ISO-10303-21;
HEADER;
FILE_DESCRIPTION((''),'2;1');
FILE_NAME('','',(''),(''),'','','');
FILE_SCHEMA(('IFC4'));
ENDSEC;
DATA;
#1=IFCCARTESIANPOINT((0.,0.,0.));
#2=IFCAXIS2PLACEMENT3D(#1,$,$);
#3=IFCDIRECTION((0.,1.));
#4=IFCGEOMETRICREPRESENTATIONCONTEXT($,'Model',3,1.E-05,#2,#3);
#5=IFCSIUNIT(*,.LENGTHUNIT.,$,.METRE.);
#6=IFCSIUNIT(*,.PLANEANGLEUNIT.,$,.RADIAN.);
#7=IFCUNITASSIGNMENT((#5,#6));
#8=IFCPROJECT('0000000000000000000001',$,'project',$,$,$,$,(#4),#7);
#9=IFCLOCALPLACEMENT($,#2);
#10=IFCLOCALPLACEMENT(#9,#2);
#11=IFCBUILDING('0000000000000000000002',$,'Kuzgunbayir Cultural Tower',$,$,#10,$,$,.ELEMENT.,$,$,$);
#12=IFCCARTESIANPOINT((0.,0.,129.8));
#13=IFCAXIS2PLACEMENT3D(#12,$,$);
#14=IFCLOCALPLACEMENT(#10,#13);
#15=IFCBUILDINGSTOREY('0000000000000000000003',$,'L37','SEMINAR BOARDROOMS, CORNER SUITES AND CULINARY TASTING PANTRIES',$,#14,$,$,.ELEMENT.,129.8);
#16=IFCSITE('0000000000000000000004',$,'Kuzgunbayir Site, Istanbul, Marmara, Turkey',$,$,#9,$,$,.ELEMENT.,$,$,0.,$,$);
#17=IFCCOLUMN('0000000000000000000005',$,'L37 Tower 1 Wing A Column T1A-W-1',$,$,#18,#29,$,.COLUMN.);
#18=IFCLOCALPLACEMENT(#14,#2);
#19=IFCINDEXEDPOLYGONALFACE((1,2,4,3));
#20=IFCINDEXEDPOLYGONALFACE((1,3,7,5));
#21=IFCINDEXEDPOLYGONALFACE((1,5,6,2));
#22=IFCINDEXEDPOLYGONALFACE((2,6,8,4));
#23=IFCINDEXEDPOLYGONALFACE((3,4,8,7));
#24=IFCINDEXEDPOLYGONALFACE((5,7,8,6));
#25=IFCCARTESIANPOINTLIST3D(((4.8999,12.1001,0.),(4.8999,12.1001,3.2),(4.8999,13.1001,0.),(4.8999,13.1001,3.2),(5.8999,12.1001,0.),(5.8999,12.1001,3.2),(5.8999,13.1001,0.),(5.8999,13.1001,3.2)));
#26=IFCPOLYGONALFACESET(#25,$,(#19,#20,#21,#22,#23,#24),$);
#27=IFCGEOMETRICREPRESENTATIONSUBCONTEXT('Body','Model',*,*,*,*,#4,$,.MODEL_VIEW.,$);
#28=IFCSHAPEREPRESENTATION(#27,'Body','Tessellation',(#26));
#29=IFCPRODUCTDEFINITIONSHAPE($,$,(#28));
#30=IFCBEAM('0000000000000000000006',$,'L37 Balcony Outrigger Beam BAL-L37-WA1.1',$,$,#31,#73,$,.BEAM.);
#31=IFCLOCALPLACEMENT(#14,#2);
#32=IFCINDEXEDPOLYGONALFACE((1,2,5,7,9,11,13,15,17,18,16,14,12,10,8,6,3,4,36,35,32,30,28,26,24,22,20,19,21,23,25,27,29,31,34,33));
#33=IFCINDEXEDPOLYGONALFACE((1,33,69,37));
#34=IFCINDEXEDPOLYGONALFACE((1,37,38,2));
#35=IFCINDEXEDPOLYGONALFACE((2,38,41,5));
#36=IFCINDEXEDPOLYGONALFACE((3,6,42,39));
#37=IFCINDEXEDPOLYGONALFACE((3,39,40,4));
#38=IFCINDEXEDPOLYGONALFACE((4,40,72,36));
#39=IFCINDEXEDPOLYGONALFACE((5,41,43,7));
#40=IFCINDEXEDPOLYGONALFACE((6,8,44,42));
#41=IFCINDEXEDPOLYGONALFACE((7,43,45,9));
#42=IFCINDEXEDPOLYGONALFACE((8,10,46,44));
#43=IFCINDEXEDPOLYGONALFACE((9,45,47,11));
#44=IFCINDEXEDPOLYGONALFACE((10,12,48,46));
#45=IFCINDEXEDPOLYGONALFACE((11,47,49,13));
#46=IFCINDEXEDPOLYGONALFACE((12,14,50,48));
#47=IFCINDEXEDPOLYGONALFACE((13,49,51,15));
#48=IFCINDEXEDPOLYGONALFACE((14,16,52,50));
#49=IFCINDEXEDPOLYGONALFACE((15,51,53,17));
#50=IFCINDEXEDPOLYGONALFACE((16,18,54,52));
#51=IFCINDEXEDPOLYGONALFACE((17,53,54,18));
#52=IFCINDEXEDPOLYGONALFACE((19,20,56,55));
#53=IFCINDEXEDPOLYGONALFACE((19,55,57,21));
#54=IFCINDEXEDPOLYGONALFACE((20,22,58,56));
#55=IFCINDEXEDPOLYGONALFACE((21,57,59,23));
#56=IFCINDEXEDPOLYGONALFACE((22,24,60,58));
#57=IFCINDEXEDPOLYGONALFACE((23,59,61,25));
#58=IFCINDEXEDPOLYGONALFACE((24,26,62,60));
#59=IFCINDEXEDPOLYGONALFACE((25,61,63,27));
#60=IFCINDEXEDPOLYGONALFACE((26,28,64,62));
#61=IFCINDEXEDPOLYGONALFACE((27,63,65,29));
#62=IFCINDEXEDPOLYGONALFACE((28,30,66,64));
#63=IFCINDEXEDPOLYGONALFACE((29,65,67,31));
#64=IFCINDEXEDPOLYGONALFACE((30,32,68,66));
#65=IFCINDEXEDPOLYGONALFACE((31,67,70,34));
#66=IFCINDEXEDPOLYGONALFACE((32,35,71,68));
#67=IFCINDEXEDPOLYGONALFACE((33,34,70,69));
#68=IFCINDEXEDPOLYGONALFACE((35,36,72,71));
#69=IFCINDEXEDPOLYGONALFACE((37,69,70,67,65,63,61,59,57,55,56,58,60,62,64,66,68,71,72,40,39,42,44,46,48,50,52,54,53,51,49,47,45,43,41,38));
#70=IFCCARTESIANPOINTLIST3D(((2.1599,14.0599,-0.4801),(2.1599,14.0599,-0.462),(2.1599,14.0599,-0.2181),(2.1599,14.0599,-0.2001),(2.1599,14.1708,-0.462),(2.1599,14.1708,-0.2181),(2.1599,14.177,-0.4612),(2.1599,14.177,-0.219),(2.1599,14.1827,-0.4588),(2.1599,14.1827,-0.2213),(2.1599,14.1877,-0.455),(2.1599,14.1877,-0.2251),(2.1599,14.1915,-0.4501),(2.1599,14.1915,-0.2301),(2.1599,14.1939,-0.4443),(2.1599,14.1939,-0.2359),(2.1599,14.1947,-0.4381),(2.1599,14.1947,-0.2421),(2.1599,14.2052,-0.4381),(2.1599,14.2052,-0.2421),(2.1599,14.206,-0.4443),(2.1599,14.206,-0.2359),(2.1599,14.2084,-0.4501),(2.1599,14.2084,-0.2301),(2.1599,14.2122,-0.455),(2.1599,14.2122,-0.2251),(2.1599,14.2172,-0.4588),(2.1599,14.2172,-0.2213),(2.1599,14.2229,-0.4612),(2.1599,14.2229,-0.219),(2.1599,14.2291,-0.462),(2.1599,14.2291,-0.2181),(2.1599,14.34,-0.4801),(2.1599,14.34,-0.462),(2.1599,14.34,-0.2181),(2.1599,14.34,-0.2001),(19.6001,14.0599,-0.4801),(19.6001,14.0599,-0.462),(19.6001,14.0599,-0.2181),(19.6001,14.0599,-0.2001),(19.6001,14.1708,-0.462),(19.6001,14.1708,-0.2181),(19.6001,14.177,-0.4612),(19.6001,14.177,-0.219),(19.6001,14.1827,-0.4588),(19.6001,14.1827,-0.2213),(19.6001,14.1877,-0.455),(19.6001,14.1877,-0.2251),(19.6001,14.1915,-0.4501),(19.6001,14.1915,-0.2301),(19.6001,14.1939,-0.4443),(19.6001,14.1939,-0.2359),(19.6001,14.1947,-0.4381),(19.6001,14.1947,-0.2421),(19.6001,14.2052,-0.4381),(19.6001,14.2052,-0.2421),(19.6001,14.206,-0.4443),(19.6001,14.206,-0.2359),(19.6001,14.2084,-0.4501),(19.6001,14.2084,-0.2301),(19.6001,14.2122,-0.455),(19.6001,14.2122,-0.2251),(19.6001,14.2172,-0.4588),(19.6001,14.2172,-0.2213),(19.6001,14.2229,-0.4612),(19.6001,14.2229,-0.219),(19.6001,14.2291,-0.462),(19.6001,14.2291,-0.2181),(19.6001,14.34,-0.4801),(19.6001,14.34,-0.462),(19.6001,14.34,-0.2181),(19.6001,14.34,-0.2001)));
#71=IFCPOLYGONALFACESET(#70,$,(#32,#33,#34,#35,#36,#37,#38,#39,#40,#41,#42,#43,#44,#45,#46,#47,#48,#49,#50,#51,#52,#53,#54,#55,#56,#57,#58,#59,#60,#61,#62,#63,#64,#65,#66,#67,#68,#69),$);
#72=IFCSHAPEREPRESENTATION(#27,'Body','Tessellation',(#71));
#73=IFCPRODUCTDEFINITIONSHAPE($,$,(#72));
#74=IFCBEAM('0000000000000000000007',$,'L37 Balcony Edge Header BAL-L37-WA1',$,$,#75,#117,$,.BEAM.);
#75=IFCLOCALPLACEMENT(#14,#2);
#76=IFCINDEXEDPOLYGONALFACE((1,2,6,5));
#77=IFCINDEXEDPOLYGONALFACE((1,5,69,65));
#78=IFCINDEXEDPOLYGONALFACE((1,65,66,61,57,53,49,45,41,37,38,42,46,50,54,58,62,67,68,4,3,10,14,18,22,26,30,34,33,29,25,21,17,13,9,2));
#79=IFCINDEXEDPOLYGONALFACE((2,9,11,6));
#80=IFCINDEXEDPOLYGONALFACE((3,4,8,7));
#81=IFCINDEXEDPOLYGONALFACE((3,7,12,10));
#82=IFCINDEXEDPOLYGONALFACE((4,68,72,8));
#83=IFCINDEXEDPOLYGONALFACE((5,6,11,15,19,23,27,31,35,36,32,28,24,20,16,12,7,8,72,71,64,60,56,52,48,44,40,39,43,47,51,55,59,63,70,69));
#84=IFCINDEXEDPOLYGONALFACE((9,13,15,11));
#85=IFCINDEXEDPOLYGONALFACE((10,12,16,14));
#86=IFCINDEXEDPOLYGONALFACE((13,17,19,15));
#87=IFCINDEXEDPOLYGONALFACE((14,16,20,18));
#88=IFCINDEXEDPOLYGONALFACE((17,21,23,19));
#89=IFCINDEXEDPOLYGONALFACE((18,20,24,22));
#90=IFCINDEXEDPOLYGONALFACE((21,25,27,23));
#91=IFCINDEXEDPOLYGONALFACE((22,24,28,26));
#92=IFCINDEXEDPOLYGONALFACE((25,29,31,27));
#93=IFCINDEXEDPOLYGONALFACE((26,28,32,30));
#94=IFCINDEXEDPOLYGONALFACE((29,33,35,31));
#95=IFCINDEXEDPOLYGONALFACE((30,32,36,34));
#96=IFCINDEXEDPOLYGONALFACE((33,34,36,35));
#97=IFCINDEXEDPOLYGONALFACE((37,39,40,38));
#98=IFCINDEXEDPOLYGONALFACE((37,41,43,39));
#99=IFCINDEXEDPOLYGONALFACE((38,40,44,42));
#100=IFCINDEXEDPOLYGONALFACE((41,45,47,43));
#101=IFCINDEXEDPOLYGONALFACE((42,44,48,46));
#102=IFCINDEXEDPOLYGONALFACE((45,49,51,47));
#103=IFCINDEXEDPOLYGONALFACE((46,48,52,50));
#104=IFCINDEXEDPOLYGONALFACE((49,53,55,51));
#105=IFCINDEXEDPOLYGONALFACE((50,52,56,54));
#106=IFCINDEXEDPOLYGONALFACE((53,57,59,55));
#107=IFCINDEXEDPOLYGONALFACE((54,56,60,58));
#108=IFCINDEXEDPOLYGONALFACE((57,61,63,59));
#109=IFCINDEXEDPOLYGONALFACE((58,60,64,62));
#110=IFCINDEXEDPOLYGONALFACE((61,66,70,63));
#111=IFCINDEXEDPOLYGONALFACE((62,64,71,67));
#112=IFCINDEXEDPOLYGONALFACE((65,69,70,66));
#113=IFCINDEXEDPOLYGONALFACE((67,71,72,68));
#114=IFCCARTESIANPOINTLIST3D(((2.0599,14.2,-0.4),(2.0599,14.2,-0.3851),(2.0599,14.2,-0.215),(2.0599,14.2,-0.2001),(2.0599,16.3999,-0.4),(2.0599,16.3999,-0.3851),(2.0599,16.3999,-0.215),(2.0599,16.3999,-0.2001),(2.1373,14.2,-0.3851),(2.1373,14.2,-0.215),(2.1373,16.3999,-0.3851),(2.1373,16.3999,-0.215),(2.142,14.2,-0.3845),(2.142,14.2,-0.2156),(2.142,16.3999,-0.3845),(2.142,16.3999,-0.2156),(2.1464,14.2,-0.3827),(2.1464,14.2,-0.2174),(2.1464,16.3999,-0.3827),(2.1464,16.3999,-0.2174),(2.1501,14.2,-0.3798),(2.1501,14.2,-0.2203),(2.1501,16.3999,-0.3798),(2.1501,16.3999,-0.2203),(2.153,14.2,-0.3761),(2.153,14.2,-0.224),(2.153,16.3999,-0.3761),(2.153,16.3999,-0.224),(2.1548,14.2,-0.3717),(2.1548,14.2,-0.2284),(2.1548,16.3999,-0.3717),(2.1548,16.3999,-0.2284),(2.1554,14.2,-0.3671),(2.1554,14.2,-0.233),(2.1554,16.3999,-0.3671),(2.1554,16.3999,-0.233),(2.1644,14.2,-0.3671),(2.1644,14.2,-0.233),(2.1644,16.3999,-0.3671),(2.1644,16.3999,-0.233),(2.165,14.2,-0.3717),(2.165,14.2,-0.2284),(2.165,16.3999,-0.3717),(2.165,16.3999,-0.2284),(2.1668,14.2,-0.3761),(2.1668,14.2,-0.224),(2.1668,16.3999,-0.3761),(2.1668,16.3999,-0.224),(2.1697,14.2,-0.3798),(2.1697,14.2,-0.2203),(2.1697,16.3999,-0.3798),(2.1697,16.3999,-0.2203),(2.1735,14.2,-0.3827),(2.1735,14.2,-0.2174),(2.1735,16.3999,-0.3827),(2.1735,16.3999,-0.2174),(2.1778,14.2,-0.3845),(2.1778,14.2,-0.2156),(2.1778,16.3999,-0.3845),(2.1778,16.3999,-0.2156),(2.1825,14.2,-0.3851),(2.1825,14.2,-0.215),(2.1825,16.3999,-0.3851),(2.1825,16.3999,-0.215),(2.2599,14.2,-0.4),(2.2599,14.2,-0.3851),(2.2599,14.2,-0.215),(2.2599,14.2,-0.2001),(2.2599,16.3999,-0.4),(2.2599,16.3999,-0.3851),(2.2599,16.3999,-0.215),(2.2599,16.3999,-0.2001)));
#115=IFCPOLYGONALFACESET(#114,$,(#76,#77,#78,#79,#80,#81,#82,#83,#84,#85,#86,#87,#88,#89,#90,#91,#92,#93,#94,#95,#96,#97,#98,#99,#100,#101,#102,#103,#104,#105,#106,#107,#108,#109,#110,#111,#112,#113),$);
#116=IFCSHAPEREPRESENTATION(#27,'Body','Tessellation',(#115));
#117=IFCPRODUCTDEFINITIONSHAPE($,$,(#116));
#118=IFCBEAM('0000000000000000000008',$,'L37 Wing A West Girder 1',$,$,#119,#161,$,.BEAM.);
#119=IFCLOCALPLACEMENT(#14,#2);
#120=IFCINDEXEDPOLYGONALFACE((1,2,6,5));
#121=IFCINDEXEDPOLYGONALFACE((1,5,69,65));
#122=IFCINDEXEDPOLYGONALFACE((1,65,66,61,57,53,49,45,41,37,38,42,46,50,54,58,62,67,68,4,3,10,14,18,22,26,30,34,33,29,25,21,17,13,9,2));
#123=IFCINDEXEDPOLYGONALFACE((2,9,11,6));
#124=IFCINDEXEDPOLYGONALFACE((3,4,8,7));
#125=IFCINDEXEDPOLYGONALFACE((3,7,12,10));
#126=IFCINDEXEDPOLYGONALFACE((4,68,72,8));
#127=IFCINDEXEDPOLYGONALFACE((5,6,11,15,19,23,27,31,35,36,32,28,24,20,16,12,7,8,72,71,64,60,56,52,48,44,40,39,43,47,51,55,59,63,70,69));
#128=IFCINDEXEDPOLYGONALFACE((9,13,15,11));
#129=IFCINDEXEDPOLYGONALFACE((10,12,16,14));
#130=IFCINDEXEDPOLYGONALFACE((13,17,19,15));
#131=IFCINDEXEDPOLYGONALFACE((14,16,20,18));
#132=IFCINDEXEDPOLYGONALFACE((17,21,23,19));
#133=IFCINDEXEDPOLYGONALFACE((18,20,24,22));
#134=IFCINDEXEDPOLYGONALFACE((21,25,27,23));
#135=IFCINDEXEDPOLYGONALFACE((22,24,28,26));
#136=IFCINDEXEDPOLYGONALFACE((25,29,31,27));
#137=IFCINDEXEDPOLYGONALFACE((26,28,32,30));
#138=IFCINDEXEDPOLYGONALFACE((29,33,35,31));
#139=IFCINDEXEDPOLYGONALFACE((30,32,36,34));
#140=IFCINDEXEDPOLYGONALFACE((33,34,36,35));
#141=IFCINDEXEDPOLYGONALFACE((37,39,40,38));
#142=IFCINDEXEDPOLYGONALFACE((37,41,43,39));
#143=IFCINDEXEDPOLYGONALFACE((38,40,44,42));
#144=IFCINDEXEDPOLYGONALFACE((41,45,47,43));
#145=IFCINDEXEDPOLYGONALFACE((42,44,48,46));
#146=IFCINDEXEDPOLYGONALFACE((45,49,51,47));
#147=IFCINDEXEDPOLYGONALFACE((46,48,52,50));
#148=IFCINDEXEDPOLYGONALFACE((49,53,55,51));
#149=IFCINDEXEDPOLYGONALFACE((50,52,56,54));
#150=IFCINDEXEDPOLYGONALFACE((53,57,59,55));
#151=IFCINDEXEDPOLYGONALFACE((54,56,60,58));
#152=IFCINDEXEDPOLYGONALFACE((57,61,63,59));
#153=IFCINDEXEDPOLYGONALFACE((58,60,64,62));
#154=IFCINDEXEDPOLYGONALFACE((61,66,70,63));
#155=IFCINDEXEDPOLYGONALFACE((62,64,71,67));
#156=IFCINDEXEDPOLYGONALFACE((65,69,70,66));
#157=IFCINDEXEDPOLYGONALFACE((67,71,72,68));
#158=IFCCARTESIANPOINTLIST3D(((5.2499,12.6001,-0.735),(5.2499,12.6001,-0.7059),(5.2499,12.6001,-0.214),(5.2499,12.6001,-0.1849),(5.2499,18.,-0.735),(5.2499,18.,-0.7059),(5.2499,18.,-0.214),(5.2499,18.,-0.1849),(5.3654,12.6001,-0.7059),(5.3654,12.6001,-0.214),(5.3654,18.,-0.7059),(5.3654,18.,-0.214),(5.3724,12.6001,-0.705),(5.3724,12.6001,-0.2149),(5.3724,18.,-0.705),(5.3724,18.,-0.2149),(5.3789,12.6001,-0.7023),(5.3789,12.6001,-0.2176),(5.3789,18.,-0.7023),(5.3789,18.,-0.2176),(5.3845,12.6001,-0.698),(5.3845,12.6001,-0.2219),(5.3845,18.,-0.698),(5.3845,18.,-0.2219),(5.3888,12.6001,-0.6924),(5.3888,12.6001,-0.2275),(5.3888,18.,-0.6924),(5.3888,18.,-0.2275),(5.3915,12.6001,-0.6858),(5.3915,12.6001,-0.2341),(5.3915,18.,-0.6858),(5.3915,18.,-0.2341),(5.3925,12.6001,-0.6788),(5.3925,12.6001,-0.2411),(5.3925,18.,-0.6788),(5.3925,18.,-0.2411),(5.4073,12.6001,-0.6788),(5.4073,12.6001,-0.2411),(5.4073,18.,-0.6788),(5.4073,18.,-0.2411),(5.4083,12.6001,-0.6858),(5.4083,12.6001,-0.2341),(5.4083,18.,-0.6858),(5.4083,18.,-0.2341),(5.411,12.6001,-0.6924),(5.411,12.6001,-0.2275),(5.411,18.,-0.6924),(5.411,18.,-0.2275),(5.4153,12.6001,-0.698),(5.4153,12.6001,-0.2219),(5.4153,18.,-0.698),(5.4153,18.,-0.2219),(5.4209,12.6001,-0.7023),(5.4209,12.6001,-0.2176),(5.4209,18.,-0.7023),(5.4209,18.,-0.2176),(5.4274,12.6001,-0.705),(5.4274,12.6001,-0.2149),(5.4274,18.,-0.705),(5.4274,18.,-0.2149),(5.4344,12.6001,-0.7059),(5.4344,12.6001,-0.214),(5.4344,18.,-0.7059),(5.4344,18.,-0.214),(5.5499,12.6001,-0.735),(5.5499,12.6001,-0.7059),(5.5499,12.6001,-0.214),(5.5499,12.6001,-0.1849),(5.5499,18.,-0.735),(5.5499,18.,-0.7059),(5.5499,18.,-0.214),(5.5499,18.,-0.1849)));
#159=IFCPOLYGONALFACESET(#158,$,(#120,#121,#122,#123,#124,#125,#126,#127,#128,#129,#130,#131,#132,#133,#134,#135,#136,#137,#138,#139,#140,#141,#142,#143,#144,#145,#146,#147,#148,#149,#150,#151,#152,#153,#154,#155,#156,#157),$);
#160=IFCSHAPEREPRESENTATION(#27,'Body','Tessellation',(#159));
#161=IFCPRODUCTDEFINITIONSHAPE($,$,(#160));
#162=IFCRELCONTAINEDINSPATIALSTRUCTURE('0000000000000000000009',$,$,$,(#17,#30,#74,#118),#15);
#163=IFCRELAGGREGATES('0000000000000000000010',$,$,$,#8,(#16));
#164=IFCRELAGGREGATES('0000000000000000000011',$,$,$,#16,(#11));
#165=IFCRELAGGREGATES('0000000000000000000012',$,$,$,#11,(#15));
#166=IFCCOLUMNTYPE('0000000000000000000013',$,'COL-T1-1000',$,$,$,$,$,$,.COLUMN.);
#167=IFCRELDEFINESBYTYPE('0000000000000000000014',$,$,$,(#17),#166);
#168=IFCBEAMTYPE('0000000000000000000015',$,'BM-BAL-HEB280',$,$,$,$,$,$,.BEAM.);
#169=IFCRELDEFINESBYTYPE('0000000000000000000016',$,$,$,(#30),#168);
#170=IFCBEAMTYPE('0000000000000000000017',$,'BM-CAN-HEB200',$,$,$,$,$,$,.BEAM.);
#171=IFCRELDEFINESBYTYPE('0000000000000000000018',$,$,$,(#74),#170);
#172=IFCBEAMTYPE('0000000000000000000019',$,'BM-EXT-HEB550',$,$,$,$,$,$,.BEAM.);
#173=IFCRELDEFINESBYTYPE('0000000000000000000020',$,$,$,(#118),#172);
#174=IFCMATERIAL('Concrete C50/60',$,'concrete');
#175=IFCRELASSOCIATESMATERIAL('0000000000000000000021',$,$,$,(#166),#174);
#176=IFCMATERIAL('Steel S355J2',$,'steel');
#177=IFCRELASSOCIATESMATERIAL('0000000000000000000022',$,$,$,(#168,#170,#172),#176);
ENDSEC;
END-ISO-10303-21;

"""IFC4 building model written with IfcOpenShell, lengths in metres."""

from ifc_helpers import new_model, si_unit, direction, frame, origin, origin_2d, place, context, subcontext, project, spatial, rectangle, i_section, extrude, material, material_profile, profile_set, type_object, element, save


model = new_model("IFC4")

# Units and contexts
model_context = context("Model", 3, precision=1e-05, world=origin(), true_north=direction((0.0, 1.0)))
body_context = subcontext(model_context, "Body", "Model", "MODEL_VIEW")
ifc_project = project(units=[si_unit("LENGTHUNIT", "METRE"), si_unit("PLANEANGLEUNIT", "RADIAN")], contexts=[model_context])

# Site, building, storey
site_placement = place(None, origin())
site = spatial("IfcSite", under=ifc_project, at=site_placement, Name="Kuzgunbayir Site, Istanbul, Marmara, Turkey", CompositionType="ELEMENT", RefElevation=0.0)
building_placement = place(site_placement, origin())
building = spatial("IfcBuilding", under=site, at=building_placement, Name="Kuzgunbayir Cultural Tower", CompositionType="ELEMENT")
storey_placement = place(building_placement, frame((0.0, 0.0, 129.8)))
storey = spatial("IfcBuildingStorey", under=building, at=storey_placement, Name="L37", Description="SEMINAR BOARDROOMS, CORNER SUITES AND CULINARY TASTING PANTRIES", CompositionType="ELEMENT", Elevation=129.8)

# Column
ifc_material_1 = material(Name="Concrete C50/60", Category="concrete")
ifc_material_profile_1 = material_profile(ifc_material_1, rectangle(XDim=1.0, YDim=1.0, at=origin_2d()), Name="RC 1000x1000")
ifc_profile_set_1 = profile_set([ifc_material_profile_1], Name="Concrete C50/60")
column_type = type_object("IfcColumnType", Name="COL-T1-1000", PredefinedType="COLUMN", material=ifc_profile_set_1)
column_placement = place(storey_placement, frame((5.3999, 12.6001, 0.0), z_axis=(0.0, 0.0, 1.0), x_axis=(1.0, 0.0, 0.0)))
element("IfcColumn", 1, at=column_placement, inside=storey, type_object=column_type, Name="L37 Tower 1 Wing A Column T1A-W-1", PredefinedType="COLUMN", context=body_context, shape_type="SweptSolid", body=[
    extrude(rectangle(XDim=1.0, YDim=1.0, at=origin_2d()), origin(), (0.0, 0.0, 1.0), 3.2),
])

# Beams
ifc_material_2 = material(Name="Steel S355J2", Category="steel")
ifc_material_profile_2 = material_profile(ifc_material_2, i_section(OverallWidth=0.28, OverallDepth=0.28, WebThickness=0.0105, FlangeThickness=0.0181, FilletRadius=0.0239, at=origin_2d()), Name="HEB 280")
ifc_profile_set_2 = profile_set([ifc_material_profile_2], Name="Steel S355J2")
beam_type_1 = type_object("IfcBeamType", Name="BM-BAL-HEB280", PredefinedType="BEAM", material=ifc_profile_set_2)
beam_1_placement = place(storey_placement, frame((2.1599, 14.2, -0.3401), z_axis=(1.0, 0.0, 0.0), x_axis=(0.0, 1.0, 0.0)))
element("IfcBeam", 2, at=beam_1_placement, inside=storey, type_object=beam_type_1, Name="L37 Balcony Outrigger Beam BAL-L37-WA1.1", PredefinedType="BEAM", context=body_context, shape_type="SweptSolid", body=[
    extrude(i_section(OverallWidth=0.28, OverallDepth=0.28, WebThickness=0.0105, FlangeThickness=0.0181, FilletRadius=0.0239, at=origin_2d()), origin(), (0.0, 0.0, 1.0), 17.4402),
])
ifc_material_profile_3 = material_profile(ifc_material_2, i_section(OverallWidth=0.2, OverallDepth=0.2, WebThickness=0.009, FlangeThickness=0.0149, FilletRadius=0.0181, at=origin_2d()), Name="HEB 200")
ifc_profile_set_3 = profile_set([ifc_material_profile_3], Name="Steel S355J2")
beam_type_2 = type_object("IfcBeamType", Name="BM-CAN-HEB200", PredefinedType="BEAM", material=ifc_profile_set_3)
beam_2_placement = place(storey_placement, frame((2.1599, 14.2, -0.3), z_axis=(0.0, 1.0, 0.0), x_axis=(-1.0, 0.0, 0.0)))
element("IfcBeam", 3, at=beam_2_placement, inside=storey, type_object=beam_type_2, Name="L37 Balcony Edge Header BAL-L37-WA1", PredefinedType="BEAM", context=body_context, shape_type="SweptSolid", body=[
    extrude(i_section(OverallWidth=0.2, OverallDepth=0.2, WebThickness=0.009, FlangeThickness=0.0149, FilletRadius=0.0181, at=origin_2d()), origin(), (0.0, 0.0, 1.0), 2.2),
])
ifc_material_profile_4 = material_profile(ifc_material_2, i_section(OverallWidth=0.3, OverallDepth=0.55, WebThickness=0.0149, FlangeThickness=0.0291, FilletRadius=0.0271, at=origin_2d()), Name="HEB 550")
ifc_profile_set_4 = profile_set([ifc_material_profile_4], Name="Steel S355J2")
beam_type_3 = type_object("IfcBeamType", Name="BM-EXT-HEB550", PredefinedType="BEAM", material=ifc_profile_set_4)
beam_3_placement = place(storey_placement, frame((5.3999, 12.6001, -0.46), z_axis=(0.0, 1.0, 0.0), x_axis=(-1.0, 0.0, 0.0)))
element("IfcBeam", 4, at=beam_3_placement, inside=storey, type_object=beam_type_3, Name="L37 Wing A West Girder 1", PredefinedType="BEAM", context=body_context, shape_type="SweptSolid", body=[
    extrude(i_section(OverallWidth=0.3, OverallDepth=0.55, WebThickness=0.0149, FlangeThickness=0.0291, FilletRadius=0.0271, at=origin_2d()), origin(), (0.0, 0.0, 1.0), 5.3999),
])

save(model, "model.ifc")
